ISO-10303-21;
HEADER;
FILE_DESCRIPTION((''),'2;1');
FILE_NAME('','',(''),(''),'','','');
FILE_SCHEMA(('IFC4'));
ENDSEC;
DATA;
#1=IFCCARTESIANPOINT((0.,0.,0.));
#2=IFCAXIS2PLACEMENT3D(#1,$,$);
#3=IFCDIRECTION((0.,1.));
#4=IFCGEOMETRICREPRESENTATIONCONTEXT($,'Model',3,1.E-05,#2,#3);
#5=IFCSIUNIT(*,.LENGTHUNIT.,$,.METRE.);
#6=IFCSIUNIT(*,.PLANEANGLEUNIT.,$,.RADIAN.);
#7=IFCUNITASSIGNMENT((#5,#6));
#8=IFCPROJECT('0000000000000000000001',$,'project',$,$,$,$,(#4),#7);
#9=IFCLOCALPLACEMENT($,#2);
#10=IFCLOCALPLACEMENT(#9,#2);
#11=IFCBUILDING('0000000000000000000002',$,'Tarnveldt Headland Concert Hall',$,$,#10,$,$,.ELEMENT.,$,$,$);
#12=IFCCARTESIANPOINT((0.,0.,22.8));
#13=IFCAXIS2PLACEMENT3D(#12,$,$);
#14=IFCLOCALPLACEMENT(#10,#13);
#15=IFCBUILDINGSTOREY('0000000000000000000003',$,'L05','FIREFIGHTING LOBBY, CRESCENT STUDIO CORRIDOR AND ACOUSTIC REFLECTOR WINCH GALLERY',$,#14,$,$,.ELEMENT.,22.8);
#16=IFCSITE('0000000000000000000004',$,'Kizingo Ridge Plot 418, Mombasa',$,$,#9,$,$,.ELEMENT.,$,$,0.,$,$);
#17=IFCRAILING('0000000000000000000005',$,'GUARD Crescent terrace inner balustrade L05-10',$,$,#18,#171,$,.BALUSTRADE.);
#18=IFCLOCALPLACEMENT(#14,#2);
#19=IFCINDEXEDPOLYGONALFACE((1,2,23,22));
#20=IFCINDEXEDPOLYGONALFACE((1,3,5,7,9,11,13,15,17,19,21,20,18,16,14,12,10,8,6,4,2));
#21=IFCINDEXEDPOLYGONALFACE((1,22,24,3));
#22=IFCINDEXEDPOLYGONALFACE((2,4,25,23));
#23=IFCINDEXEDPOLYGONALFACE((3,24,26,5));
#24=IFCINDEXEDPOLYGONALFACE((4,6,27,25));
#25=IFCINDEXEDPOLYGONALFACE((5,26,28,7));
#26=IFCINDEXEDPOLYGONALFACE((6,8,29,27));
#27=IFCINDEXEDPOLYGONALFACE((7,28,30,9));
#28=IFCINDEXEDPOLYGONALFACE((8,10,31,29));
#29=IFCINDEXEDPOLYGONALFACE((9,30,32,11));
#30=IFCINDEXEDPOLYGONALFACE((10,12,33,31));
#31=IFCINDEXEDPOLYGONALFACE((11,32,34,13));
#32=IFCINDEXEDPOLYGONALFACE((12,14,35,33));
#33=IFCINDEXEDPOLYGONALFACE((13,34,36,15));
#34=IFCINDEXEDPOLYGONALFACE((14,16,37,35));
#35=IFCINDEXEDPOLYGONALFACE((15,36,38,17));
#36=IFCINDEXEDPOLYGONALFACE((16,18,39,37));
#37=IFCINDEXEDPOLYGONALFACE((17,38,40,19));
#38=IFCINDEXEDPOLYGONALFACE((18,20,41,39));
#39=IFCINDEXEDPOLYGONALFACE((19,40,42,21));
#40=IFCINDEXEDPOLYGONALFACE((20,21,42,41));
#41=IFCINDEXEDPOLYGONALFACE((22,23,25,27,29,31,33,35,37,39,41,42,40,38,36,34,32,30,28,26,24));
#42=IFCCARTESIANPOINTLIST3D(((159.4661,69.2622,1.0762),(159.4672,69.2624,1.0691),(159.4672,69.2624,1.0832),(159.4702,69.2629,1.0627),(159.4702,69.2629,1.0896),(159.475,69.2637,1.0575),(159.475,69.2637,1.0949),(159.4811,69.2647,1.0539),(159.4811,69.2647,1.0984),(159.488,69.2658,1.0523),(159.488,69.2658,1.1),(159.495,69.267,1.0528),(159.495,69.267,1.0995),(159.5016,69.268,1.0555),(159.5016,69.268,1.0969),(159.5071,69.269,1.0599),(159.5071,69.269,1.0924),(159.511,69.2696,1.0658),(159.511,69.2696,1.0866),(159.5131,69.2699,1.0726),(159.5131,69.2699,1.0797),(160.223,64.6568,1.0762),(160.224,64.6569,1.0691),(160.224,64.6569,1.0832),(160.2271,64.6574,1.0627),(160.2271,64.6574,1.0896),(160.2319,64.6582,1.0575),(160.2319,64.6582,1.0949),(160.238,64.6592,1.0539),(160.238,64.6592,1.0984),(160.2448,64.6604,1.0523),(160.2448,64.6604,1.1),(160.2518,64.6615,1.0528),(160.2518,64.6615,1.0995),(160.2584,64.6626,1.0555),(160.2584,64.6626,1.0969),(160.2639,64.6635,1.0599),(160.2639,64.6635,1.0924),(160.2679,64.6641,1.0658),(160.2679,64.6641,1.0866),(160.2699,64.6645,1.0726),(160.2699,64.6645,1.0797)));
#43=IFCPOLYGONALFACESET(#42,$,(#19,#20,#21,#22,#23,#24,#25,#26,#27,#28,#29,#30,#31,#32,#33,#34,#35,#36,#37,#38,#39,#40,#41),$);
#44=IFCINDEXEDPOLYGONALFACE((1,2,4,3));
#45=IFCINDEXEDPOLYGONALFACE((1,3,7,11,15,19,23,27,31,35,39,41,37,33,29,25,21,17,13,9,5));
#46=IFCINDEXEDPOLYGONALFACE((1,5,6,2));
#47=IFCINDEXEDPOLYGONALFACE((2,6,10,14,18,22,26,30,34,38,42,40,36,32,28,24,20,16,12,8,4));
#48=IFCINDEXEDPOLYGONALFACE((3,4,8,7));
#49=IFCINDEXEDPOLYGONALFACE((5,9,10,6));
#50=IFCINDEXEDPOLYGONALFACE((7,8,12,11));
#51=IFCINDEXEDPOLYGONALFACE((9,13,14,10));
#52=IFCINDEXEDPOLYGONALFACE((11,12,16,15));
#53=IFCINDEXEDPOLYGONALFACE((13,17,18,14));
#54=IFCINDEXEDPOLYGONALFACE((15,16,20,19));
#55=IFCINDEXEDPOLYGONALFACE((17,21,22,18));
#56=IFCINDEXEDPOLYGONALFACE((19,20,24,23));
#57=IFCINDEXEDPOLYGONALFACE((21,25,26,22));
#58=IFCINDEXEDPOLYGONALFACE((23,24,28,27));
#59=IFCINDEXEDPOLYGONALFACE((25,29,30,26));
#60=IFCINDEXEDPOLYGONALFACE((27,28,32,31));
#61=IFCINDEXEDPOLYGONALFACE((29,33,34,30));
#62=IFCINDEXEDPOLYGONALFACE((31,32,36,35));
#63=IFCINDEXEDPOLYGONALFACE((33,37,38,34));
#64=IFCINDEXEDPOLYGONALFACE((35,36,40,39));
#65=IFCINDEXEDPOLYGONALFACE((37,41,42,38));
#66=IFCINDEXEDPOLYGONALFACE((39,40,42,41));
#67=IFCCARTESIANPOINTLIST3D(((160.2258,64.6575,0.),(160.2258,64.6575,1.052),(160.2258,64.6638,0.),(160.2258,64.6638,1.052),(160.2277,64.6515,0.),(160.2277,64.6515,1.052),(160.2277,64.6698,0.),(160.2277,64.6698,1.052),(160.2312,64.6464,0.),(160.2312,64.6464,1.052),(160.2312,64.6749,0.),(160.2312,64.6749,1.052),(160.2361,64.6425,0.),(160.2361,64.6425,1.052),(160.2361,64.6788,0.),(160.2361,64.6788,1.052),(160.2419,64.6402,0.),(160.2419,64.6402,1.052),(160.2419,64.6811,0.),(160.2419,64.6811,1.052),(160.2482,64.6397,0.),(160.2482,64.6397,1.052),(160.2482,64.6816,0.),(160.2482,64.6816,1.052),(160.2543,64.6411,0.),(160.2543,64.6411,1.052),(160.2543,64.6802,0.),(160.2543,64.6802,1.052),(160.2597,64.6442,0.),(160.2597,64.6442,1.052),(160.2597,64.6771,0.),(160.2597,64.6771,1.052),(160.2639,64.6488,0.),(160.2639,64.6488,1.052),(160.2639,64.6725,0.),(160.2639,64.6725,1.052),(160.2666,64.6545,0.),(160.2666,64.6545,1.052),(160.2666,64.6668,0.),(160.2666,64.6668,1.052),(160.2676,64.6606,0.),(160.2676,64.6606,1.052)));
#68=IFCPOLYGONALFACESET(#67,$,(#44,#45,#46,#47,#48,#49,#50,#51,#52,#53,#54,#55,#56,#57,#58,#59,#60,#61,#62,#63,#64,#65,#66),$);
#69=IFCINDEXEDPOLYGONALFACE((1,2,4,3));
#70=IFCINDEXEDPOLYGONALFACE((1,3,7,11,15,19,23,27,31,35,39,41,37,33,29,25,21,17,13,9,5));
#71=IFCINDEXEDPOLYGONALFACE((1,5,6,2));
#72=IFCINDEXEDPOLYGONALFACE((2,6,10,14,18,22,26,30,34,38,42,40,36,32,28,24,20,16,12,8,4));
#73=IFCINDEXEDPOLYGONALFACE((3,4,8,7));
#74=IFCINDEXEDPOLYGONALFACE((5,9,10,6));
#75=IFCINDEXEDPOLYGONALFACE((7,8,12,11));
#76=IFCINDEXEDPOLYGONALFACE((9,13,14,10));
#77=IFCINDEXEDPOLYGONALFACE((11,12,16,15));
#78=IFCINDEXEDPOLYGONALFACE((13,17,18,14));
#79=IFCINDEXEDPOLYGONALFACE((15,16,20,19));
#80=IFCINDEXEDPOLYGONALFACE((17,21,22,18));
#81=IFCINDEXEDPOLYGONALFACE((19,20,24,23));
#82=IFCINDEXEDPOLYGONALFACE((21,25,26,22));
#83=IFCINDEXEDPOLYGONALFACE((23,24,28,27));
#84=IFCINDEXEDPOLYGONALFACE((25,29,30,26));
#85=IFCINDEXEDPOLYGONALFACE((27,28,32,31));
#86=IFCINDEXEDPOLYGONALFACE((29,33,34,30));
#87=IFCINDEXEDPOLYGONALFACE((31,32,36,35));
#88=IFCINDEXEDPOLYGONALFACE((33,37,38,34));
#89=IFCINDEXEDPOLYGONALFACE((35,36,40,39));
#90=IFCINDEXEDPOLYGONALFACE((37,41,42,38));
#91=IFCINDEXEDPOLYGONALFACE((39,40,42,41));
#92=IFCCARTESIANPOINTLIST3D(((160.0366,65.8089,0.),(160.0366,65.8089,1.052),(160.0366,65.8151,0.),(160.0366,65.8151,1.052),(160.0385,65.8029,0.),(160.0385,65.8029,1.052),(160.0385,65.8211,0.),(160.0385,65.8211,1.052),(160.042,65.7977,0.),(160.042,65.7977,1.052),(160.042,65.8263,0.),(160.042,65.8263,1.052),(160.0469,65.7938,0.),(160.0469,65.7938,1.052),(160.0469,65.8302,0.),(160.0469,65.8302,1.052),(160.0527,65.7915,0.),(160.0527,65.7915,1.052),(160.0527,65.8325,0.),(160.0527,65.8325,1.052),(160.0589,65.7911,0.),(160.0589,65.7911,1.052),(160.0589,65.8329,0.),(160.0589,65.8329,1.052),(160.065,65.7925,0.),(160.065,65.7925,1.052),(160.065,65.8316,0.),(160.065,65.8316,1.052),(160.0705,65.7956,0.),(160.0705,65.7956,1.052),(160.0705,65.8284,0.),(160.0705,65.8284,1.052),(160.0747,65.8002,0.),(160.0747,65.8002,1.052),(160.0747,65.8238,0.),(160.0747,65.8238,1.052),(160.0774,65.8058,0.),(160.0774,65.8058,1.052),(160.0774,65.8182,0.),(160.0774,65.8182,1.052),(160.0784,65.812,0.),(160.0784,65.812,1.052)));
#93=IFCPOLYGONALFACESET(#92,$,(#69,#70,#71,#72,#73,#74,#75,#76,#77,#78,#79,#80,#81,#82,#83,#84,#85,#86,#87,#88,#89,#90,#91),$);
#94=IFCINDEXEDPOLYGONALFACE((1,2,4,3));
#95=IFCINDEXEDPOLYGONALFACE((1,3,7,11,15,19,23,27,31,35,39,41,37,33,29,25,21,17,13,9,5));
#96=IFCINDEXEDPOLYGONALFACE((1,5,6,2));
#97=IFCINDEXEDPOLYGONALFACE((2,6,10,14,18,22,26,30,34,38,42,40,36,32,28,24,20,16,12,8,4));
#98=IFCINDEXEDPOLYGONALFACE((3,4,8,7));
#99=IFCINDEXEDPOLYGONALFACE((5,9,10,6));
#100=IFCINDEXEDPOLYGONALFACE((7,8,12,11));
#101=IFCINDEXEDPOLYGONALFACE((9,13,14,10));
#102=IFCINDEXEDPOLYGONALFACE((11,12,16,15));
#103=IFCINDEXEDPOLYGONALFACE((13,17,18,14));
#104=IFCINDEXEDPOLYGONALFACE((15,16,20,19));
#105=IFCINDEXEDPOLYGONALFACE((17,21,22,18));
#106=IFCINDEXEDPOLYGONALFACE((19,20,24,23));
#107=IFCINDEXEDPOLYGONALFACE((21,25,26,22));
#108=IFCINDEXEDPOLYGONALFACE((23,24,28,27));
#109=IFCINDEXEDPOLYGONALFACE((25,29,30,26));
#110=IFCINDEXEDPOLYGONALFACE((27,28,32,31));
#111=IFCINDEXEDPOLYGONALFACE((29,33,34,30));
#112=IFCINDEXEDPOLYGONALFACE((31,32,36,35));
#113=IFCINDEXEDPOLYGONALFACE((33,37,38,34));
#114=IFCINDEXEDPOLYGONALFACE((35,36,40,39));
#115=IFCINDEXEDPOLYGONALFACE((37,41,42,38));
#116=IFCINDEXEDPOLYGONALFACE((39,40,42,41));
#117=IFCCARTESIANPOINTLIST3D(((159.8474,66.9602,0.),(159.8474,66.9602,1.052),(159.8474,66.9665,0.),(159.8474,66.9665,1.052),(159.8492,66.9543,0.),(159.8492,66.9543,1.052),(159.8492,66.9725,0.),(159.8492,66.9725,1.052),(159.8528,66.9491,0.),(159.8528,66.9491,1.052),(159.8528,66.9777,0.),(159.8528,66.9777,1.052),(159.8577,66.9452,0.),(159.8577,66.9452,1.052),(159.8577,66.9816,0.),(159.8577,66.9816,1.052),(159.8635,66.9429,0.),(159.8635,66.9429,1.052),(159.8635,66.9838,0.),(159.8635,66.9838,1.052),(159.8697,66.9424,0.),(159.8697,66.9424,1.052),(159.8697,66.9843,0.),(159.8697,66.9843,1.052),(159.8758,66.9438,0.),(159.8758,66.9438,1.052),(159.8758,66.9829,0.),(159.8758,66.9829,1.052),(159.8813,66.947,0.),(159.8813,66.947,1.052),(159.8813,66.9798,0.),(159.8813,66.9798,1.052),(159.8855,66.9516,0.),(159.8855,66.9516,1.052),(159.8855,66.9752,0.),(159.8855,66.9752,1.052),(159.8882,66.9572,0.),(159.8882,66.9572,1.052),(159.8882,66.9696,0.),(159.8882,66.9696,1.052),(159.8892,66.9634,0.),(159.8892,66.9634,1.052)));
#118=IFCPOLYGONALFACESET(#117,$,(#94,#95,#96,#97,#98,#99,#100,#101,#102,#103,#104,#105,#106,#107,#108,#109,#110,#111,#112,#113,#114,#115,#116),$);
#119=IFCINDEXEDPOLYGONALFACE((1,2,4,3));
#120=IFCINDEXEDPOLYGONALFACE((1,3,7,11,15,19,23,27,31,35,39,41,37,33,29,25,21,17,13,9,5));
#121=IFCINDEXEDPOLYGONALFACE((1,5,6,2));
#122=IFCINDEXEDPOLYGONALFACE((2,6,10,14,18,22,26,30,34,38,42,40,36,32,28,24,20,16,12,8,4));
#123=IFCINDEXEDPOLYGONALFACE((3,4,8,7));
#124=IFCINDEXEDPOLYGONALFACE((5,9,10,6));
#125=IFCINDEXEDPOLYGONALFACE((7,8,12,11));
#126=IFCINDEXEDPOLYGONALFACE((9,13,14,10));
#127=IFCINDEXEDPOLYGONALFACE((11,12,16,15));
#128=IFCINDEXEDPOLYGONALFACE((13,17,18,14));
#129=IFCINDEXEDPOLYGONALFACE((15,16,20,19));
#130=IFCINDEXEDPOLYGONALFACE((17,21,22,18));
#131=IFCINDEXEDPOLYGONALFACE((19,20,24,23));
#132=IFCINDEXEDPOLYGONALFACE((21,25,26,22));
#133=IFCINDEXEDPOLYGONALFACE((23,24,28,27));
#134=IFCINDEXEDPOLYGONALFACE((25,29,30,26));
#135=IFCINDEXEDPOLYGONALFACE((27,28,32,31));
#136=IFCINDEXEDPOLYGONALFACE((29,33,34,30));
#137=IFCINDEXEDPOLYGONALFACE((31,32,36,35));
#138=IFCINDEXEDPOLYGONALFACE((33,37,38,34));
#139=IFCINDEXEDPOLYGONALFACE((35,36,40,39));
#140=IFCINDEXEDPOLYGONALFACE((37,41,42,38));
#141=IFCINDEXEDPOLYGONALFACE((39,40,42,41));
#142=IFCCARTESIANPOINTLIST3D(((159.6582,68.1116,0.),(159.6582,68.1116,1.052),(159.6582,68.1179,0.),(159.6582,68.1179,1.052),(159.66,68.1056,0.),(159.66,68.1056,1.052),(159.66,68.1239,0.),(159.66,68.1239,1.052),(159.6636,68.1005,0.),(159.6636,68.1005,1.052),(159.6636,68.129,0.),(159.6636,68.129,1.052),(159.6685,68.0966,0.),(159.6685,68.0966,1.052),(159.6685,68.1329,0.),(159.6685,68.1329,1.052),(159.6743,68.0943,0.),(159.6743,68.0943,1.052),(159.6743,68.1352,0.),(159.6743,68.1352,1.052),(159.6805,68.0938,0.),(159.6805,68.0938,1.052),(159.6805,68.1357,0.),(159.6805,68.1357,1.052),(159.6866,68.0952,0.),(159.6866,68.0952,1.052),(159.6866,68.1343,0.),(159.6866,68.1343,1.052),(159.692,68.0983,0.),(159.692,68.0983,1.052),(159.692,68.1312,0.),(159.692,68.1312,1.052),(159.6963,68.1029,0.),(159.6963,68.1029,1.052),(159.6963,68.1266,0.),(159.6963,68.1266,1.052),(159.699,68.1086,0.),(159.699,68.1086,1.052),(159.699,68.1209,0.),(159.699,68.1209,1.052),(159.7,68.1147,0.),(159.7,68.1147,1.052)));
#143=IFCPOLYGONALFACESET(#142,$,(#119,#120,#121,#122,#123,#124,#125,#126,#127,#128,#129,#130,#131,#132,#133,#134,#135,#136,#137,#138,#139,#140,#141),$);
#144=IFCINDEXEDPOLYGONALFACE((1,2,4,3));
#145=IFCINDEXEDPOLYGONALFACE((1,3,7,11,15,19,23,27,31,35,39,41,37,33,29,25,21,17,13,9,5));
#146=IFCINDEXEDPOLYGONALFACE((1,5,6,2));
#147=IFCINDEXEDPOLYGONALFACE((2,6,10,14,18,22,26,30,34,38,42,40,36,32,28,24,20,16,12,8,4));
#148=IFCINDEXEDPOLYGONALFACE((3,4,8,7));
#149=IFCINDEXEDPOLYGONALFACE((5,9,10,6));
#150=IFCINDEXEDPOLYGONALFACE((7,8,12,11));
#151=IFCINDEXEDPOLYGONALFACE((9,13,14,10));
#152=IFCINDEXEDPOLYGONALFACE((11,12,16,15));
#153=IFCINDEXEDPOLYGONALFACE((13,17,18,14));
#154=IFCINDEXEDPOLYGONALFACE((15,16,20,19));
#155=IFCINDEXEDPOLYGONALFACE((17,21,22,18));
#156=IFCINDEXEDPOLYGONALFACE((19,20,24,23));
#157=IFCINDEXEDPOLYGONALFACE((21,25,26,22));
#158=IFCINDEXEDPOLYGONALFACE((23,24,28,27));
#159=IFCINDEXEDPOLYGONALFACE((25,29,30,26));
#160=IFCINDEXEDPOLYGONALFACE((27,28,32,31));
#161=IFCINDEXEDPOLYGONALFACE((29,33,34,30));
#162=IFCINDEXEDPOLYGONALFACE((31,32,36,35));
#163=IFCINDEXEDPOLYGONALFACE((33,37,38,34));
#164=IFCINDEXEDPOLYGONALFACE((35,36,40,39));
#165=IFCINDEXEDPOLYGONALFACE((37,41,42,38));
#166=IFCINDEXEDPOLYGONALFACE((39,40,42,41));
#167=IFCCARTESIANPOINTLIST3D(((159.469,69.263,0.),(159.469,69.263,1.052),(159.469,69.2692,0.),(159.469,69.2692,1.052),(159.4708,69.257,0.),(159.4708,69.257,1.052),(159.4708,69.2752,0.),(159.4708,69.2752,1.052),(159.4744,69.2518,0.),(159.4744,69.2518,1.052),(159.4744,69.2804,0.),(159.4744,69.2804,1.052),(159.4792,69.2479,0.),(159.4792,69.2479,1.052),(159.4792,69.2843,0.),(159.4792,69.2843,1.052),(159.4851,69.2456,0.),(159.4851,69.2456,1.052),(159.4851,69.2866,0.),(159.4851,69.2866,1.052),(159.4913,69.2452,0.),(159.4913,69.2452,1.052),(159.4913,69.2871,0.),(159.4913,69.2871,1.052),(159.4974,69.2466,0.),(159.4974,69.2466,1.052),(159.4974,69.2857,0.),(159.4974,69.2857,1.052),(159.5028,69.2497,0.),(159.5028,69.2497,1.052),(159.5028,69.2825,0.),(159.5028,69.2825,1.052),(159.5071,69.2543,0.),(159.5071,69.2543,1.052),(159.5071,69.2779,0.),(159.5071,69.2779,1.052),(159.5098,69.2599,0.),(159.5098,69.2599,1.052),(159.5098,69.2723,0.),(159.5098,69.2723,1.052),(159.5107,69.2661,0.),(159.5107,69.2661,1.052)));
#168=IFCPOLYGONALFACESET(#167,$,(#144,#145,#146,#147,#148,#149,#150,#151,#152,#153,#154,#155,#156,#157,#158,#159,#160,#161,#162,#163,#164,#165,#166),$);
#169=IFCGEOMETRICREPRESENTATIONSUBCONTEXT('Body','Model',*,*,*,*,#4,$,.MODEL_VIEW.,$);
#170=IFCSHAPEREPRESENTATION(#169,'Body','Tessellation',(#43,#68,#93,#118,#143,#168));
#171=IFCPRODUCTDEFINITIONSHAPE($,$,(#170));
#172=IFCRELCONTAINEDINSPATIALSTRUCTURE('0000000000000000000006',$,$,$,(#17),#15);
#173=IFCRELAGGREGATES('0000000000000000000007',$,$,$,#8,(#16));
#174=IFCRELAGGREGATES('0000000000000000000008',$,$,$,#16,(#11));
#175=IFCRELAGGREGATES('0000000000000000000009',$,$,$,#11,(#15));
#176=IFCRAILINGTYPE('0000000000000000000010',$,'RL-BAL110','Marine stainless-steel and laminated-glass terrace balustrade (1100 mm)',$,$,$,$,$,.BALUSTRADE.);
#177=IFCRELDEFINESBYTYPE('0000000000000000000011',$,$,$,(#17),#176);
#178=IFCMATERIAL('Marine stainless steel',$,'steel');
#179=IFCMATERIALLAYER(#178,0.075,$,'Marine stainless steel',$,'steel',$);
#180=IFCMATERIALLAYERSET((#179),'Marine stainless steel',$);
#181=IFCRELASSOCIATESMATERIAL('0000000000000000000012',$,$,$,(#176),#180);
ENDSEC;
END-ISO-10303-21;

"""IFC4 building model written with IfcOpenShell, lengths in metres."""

from ifc_helpers import new_model, si_unit, direction, frame, origin, origin_2d, place, context, subcontext, project, spatial, circle, extrude, material, layer, layer_set, type_object, element, save


model = new_model("IFC4")

# Units and contexts
model_context = context("Model", 3, precision=1e-05, world=origin(), true_north=direction((0.0, 1.0)))
body_context = subcontext(model_context, "Body", "Model", "MODEL_VIEW")
ifc_project = project(units=[si_unit("LENGTHUNIT", "METRE"), si_unit("PLANEANGLEUNIT", "RADIAN")], contexts=[model_context])

# Site, building, storey
site_placement = place(None, origin())
site = spatial("IfcSite", under=ifc_project, at=site_placement, Name="Kizingo Ridge Plot 418, Mombasa", CompositionType="ELEMENT", RefElevation=0.0)
building_placement = place(site_placement, origin())
building = spatial("IfcBuilding", under=site, at=building_placement, Name="Tarnveldt Headland Concert Hall", CompositionType="ELEMENT")
storey_placement = place(building_placement, frame((0.0, 0.0, 22.8)))
storey = spatial("IfcBuildingStorey", under=building, at=storey_placement, Name="L05", Description="FIREFIGHTING LOBBY, CRESCENT STUDIO CORRIDOR AND ACOUSTIC REFLECTOR WINCH GALLERY", CompositionType="ELEMENT", Elevation=22.8)

# Railing
ifc_material_1 = material(Name="Marine stainless steel", Category="steel")
ifc_layer_1 = layer(ifc_material_1, 0.075, Name="Marine stainless steel", Category="steel")
ifc_layer_set_1 = layer_set([ifc_layer_1], Name="Marine stainless steel")
railing_type = type_object("IfcRailingType", Name="RL-BAL110", Description="Marine stainless-steel and laminated-glass terrace balustrade (1100 mm)", PredefinedType="BALUSTRADE", material=ifc_layer_set_1)
railing_1_placement = place(storey_placement, frame((160.2466, 64.6606, 0.0)))
element("IfcRailing", 1, at=railing_1_placement, inside=storey, type_object=railing_type, Name="GUARD Crescent terrace inner balustrade L05-10", PredefinedType="BALUSTRADE", context=body_context, shape_type="SweptSolid", body=[
    extrude(circle(Radius=0.0239, at=origin_2d()), frame((0.0, 0.0, 1.0762), z_axis=(-0.162159, 0.986765, 0.0), x_axis=(-0.986765, -0.162159, 0.0)), (0.0, 0.0, 1.0), 4.6672),
    extrude(circle(Radius=0.021, at=origin_2d()), origin(), (0.0, 0.0, 1.0), 1.052),
    extrude(circle(Radius=0.021, at=origin_2d()), frame((-0.1892, 1.1514, 0.0)), (0.0, 0.0, 1.0), 1.052),
    extrude(circle(Radius=0.021, at=origin_2d()), frame((-0.3784, 2.3027, 0.0)), (0.0, 0.0, 1.0), 1.052),
    extrude(circle(Radius=0.021, at=origin_2d()), frame((-0.5676, 3.4541, 0.0)), (0.0, 0.0, 1.0), 1.052),
    extrude(circle(Radius=0.021, at=origin_2d()), frame((-0.7568, 4.6055, 0.0)), (0.0, 0.0, 1.0), 1.052),
])

save(model, "model.ifc")
